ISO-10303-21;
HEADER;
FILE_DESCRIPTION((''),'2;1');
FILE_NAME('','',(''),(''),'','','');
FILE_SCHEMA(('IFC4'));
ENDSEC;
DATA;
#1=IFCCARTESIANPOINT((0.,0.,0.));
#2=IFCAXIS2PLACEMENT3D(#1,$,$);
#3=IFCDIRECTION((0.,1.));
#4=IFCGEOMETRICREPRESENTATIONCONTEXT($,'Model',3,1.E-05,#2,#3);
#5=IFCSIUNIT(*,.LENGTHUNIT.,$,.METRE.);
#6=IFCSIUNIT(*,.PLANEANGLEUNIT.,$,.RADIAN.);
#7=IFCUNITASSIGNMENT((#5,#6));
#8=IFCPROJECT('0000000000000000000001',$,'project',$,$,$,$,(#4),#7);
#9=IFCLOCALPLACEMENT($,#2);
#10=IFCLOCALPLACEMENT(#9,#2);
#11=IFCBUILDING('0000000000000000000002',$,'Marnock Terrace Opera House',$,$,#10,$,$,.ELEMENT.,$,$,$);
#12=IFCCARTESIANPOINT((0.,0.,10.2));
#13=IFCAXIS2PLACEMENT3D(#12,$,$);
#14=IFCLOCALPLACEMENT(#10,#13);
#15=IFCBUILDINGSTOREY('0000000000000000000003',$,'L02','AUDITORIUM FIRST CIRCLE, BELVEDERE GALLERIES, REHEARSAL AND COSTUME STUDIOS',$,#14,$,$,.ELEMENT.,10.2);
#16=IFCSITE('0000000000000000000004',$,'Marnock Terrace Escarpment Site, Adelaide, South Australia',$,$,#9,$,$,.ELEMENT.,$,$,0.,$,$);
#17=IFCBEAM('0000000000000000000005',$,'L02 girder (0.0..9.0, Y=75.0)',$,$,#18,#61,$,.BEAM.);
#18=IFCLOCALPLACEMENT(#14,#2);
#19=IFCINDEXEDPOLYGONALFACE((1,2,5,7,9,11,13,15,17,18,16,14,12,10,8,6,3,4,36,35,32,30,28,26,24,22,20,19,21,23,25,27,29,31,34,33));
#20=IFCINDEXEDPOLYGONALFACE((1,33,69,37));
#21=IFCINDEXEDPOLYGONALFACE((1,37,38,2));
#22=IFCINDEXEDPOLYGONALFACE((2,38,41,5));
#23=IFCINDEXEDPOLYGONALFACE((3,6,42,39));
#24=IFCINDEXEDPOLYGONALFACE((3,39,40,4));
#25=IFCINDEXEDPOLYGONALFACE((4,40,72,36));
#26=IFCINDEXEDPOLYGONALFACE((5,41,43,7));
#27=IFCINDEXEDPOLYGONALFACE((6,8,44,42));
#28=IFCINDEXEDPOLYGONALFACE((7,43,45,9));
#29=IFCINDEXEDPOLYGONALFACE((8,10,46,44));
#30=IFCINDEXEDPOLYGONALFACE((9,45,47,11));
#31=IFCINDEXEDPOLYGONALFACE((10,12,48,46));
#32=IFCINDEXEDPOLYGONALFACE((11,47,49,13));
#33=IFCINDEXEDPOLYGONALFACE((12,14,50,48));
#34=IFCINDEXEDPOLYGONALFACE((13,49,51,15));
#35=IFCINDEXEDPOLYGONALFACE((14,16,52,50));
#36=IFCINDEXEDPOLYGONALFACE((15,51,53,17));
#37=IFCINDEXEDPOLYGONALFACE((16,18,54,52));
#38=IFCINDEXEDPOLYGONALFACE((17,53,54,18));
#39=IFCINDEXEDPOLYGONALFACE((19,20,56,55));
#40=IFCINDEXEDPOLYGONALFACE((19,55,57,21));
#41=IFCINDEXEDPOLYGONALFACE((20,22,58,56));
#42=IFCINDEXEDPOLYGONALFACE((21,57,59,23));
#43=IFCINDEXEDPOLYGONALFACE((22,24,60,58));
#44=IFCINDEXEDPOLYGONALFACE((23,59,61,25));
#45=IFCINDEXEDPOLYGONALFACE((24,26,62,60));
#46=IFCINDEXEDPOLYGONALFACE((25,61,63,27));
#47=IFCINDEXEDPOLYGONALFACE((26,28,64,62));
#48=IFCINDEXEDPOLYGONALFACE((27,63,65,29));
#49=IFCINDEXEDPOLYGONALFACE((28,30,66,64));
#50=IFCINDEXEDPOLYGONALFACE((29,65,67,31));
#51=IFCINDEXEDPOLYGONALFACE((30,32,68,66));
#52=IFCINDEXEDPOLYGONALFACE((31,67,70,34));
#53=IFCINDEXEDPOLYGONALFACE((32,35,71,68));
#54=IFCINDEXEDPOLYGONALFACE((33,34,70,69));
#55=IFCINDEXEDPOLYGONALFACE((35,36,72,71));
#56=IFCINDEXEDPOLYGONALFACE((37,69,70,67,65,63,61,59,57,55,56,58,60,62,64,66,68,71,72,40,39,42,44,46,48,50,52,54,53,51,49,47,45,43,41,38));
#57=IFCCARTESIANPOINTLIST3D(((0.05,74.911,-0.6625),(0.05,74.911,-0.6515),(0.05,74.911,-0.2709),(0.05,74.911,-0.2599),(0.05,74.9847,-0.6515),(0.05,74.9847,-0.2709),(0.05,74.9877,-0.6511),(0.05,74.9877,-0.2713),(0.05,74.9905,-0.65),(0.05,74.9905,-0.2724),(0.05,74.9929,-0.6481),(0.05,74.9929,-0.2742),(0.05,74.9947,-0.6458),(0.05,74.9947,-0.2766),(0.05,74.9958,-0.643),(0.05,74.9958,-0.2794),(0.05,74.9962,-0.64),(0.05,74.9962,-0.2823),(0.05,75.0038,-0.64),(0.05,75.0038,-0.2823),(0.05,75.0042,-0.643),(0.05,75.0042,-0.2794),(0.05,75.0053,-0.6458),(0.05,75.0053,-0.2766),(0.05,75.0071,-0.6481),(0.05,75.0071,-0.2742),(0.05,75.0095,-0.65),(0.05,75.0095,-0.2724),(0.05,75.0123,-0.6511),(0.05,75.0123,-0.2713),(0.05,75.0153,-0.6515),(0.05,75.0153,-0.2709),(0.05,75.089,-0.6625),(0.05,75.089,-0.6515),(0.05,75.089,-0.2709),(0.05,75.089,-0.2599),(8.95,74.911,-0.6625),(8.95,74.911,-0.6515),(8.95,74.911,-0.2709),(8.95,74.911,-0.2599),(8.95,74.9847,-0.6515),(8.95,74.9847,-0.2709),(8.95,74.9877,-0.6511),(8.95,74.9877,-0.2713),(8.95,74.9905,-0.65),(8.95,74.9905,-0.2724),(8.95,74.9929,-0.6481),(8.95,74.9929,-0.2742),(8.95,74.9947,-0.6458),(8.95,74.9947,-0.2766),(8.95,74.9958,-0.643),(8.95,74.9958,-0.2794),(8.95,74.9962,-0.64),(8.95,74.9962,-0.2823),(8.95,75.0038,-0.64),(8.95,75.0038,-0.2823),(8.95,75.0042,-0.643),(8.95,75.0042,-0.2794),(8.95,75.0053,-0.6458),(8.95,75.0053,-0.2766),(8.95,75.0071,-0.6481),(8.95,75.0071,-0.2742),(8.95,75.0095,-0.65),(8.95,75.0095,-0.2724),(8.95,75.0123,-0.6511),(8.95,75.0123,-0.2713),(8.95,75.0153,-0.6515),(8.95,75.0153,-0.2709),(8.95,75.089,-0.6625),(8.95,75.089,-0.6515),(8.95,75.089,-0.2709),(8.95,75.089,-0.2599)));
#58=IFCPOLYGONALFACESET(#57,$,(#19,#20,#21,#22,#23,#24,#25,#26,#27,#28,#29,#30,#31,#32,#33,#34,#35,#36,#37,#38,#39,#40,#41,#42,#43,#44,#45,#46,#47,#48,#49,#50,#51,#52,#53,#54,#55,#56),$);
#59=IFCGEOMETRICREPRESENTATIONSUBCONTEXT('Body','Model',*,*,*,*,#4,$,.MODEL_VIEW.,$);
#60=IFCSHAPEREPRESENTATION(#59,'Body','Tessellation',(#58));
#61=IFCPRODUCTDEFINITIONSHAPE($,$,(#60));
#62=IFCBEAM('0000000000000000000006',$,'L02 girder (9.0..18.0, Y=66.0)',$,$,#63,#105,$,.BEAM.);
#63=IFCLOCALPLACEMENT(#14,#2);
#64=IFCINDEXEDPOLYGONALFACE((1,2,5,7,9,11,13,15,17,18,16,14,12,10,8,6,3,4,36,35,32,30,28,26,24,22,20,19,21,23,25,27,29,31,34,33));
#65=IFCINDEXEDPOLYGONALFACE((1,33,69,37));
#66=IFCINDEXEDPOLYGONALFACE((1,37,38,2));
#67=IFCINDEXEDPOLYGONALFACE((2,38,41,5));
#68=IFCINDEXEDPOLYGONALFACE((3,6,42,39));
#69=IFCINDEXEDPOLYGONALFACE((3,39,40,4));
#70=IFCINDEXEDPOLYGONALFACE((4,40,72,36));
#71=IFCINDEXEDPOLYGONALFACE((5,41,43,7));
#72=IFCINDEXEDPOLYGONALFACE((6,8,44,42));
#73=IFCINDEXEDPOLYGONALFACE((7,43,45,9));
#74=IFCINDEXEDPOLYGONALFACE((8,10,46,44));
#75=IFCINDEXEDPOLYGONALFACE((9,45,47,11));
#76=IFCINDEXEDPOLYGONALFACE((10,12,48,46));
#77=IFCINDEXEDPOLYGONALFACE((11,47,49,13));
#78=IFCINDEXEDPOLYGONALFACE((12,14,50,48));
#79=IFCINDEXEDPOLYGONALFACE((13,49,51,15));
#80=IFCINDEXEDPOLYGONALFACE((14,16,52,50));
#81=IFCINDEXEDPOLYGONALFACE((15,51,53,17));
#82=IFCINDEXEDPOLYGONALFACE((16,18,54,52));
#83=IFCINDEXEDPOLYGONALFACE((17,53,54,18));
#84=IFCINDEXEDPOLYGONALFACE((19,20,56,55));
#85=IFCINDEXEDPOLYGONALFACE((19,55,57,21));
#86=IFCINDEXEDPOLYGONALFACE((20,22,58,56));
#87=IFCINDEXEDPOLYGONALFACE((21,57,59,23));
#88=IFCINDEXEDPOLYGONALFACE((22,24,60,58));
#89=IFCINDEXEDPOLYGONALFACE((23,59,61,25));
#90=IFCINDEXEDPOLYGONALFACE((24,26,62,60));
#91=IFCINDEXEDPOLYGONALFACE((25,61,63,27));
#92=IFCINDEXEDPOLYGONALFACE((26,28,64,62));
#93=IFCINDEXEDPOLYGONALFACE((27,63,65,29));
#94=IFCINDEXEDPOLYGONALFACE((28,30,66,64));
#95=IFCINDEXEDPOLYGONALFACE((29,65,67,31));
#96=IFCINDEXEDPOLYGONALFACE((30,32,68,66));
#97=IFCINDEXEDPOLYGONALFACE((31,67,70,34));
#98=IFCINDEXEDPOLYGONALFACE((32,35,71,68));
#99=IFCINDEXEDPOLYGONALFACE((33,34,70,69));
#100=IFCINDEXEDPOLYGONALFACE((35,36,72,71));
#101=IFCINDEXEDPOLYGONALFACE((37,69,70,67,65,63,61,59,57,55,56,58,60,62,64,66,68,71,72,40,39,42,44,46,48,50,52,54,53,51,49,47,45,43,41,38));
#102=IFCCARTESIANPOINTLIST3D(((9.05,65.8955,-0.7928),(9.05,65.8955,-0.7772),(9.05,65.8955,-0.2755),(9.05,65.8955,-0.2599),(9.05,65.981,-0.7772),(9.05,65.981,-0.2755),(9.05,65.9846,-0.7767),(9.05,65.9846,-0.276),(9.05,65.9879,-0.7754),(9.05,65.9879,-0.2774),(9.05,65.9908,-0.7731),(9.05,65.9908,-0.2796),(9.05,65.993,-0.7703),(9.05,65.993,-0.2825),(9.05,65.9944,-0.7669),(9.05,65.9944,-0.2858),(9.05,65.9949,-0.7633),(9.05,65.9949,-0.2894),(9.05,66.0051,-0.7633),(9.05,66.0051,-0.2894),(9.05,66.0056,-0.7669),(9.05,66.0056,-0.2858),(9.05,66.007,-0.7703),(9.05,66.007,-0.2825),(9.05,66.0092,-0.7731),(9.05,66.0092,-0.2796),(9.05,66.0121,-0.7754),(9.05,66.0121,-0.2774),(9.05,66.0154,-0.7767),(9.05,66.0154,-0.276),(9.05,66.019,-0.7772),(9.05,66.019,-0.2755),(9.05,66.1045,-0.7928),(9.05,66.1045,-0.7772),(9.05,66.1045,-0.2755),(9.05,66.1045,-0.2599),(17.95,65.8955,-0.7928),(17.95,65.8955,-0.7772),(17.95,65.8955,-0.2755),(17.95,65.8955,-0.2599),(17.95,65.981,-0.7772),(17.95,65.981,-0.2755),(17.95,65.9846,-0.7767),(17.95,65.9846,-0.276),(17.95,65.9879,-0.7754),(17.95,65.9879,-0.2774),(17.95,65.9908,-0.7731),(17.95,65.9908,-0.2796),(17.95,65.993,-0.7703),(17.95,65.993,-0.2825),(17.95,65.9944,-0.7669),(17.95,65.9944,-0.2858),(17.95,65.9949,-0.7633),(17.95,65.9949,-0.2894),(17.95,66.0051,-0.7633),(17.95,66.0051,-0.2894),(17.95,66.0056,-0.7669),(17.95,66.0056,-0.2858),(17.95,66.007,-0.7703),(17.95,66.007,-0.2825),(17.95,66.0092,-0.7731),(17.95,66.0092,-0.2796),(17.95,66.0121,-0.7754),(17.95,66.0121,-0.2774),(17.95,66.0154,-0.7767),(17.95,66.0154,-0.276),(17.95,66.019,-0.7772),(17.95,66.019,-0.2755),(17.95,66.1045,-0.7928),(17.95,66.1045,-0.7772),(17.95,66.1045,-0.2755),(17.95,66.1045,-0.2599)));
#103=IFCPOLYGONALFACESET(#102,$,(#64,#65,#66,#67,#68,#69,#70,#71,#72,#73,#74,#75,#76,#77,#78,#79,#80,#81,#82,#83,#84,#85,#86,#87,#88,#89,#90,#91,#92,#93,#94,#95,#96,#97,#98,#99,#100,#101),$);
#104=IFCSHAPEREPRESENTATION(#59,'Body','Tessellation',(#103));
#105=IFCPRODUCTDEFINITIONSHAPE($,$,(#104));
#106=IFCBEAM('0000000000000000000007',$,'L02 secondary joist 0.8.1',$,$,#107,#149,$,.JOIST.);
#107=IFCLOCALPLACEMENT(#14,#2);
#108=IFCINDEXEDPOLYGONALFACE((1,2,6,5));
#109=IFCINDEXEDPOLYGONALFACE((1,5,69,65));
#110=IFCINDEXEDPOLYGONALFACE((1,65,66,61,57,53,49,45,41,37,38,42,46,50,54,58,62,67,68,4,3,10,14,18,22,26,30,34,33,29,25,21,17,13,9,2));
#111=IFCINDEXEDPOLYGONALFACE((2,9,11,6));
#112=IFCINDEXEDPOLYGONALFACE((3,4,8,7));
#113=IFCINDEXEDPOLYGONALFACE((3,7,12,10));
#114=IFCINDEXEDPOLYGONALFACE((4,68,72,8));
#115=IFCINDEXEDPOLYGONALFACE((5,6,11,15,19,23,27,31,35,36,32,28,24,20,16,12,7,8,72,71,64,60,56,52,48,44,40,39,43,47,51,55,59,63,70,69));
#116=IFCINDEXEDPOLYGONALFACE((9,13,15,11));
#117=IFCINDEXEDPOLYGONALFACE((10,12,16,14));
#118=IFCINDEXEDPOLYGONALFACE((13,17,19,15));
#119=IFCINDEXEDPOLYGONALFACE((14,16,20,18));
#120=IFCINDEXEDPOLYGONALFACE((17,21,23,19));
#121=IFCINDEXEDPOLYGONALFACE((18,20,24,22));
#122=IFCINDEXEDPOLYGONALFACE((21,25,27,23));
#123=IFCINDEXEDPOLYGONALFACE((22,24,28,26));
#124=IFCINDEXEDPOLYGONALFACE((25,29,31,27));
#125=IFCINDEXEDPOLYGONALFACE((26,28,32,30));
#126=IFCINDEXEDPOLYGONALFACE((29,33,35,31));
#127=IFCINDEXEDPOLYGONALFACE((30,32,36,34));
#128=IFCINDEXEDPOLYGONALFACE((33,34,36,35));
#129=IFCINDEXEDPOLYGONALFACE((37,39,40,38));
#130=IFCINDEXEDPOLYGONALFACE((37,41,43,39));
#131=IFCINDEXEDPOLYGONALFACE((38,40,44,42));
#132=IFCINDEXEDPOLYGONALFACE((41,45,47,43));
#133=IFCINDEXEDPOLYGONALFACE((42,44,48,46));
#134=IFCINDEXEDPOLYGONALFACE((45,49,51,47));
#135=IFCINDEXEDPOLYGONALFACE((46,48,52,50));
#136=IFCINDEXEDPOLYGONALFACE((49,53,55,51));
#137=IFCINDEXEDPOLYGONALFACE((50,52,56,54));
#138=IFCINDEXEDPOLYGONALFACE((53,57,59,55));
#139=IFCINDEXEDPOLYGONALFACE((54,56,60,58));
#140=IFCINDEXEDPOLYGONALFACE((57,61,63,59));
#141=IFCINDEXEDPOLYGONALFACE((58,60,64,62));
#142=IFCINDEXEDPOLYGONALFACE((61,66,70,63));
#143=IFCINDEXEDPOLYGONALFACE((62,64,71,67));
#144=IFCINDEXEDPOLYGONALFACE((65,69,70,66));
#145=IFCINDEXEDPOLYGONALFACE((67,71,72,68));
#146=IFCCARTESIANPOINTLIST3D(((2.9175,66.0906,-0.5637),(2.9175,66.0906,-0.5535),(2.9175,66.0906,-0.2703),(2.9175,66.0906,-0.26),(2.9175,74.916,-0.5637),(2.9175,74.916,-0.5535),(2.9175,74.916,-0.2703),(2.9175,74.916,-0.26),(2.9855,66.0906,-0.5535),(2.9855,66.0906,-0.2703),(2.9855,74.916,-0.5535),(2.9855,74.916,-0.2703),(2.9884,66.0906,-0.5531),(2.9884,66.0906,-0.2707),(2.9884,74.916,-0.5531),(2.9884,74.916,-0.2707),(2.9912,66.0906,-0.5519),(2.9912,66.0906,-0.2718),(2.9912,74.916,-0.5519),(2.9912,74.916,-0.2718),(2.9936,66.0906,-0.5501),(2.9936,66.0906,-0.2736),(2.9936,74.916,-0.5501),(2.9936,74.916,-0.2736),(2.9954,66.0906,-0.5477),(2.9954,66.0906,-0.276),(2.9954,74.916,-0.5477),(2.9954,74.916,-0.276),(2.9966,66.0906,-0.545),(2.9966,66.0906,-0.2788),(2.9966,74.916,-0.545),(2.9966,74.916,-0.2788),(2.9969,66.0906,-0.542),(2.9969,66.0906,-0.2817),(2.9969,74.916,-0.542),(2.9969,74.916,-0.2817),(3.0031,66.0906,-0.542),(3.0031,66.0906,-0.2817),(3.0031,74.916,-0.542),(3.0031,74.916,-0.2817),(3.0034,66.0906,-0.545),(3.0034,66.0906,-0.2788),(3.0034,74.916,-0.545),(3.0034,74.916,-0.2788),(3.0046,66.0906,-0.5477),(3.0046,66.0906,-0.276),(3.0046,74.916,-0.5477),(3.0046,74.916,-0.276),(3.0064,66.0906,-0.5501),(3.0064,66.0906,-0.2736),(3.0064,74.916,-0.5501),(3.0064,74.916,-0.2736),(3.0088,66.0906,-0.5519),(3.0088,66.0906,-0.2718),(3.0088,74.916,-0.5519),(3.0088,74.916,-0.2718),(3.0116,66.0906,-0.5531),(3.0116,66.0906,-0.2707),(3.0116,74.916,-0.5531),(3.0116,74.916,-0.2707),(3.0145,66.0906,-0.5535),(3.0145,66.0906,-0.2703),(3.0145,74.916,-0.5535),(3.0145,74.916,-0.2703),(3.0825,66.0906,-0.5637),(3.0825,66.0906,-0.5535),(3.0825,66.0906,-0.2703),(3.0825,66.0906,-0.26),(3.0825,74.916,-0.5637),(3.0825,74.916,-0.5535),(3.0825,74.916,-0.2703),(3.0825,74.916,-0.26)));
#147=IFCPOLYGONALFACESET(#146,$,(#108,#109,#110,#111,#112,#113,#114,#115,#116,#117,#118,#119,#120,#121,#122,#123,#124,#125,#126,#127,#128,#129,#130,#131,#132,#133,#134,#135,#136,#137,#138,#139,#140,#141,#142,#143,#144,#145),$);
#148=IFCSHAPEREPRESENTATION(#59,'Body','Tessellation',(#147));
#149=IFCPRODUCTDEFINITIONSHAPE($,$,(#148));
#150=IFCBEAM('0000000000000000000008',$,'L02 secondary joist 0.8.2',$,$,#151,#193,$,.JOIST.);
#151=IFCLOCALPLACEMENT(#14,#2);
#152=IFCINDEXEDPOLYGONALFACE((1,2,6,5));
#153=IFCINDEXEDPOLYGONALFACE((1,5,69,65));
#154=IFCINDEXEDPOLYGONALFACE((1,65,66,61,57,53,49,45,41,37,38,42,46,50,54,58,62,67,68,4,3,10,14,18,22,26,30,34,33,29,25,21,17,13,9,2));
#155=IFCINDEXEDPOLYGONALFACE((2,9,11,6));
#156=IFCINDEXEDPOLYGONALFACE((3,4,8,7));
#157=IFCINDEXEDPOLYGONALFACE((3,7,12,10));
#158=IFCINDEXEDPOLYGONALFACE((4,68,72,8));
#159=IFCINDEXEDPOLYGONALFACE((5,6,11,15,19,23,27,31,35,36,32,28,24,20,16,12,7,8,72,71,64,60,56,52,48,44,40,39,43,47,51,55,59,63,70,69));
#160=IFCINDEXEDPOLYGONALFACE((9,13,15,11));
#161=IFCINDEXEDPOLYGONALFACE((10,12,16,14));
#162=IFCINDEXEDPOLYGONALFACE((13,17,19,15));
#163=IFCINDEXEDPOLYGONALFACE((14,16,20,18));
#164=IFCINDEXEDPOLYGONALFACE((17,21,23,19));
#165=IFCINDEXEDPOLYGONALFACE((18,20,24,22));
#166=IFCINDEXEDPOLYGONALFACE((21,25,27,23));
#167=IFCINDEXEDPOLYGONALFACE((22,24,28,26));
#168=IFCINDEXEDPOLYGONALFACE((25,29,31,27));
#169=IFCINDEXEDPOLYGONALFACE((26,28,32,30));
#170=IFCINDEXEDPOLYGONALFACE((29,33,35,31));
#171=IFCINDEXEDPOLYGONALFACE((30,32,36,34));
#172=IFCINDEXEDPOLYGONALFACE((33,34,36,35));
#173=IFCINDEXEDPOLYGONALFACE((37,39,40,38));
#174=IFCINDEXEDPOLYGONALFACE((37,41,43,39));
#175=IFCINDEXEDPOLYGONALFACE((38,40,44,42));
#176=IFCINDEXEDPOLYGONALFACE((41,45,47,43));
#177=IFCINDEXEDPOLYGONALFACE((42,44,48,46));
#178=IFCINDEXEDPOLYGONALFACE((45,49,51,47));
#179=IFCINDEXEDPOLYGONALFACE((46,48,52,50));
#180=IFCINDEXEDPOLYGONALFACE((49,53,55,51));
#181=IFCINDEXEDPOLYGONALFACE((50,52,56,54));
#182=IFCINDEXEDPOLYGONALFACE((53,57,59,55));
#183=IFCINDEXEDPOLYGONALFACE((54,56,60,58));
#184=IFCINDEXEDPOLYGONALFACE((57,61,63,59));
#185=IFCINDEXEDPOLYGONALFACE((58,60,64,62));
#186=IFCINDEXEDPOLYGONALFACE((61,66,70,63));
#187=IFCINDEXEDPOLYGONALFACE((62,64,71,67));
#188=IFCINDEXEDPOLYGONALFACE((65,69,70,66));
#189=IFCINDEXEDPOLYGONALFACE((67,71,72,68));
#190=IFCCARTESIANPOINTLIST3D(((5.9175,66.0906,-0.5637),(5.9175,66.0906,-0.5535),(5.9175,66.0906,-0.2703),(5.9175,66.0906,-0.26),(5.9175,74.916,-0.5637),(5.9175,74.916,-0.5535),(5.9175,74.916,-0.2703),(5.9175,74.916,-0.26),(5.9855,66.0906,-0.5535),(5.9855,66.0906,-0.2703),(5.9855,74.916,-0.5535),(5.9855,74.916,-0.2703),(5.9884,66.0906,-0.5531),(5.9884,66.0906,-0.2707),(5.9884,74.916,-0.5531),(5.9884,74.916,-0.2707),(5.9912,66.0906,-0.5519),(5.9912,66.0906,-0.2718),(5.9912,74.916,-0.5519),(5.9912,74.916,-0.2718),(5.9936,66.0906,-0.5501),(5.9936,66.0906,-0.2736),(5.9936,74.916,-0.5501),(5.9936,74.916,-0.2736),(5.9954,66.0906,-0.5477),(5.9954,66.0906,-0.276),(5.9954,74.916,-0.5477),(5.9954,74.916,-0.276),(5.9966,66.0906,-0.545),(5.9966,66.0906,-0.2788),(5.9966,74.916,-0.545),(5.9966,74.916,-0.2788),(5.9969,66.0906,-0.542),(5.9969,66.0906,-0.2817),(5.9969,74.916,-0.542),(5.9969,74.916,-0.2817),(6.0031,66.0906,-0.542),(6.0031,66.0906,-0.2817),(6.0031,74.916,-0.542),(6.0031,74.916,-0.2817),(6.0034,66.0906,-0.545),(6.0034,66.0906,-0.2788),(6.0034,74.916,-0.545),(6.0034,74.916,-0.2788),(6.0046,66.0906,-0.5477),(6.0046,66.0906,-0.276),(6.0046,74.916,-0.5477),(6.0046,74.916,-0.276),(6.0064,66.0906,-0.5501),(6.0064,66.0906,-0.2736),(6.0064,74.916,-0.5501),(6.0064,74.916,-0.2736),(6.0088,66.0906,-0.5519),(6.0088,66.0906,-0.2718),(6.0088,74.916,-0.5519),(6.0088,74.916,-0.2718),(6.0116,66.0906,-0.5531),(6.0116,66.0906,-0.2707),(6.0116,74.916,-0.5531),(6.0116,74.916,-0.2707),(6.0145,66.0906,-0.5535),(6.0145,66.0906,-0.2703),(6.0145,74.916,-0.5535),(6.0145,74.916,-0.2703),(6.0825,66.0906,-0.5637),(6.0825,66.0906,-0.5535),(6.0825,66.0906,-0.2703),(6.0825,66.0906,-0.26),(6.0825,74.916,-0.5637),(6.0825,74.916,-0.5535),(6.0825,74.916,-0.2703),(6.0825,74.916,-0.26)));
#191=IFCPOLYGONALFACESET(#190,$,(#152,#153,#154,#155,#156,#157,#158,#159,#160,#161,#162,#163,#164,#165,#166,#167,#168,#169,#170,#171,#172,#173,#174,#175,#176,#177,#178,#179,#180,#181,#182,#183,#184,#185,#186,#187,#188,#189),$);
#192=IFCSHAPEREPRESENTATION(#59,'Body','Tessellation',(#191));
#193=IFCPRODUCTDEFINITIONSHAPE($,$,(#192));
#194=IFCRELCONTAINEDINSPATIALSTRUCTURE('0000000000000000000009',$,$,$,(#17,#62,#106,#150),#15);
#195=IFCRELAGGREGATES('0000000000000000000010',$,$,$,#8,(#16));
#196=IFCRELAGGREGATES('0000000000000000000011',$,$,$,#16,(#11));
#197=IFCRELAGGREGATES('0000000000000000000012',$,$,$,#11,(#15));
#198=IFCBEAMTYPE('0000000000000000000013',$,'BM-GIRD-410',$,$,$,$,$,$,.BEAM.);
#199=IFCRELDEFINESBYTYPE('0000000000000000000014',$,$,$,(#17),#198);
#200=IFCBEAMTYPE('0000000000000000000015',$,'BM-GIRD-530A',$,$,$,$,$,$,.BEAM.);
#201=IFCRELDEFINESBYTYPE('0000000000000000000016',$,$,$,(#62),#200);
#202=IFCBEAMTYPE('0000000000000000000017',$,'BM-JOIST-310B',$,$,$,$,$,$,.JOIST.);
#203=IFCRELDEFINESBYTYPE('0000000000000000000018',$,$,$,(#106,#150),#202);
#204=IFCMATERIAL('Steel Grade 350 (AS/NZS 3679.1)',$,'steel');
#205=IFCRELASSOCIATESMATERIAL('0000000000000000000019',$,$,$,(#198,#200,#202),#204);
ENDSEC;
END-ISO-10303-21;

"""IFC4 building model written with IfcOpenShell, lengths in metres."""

from ifc_helpers import new_model, si_unit, direction, frame, origin, origin_2d, place, context, subcontext, project, spatial, i_section, extrude, material, material_profile, profile_set, type_object, element, save


model = new_model("IFC4")

# Units and contexts
model_context = context("Model", 3, precision=1e-05, world=origin(), true_north=direction((0.0, 1.0)))
body_context = subcontext(model_context, "Body", "Model", "MODEL_VIEW")
ifc_project = project(units=[si_unit("LENGTHUNIT", "METRE"), si_unit("PLANEANGLEUNIT", "RADIAN")], contexts=[model_context])

# Site, building, storey
site_placement = place(None, origin())
site = spatial("IfcSite", under=ifc_project, at=site_placement, Name="Marnock Terrace Escarpment Site, Adelaide, South Australia", CompositionType="ELEMENT", RefElevation=0.0)
building_placement = place(site_placement, origin())
building = spatial("IfcBuilding", under=site, at=building_placement, Name="Marnock Terrace Opera House", CompositionType="ELEMENT")
storey_placement = place(building_placement, frame((0.0, 0.0, 10.2)))
storey = spatial("IfcBuildingStorey", under=building, at=storey_placement, Name="L02", Description="AUDITORIUM FIRST CIRCLE, BELVEDERE GALLERIES, REHEARSAL AND COSTUME STUDIOS", CompositionType="ELEMENT", Elevation=10.2)

# Shared definitions
ifc_material_1 = material(Name="Steel Grade 350 (AS/NZS 3679.1)", Category="steel")

# Beams
ifc_material_profile_1 = material_profile(ifc_material_1, i_section(OverallWidth=0.178, OverallDepth=0.4026, WebThickness=0.0076, FlangeThickness=0.011, FilletRadius=0.0115, at=origin_2d()))
ifc_profile_set_1 = profile_set([ifc_material_profile_1], Name="Steel Grade 350 (AS/NZS 3679.1)")
beam_type_1 = type_object("IfcBeamType", Name="BM-GIRD-410", PredefinedType="BEAM", material=ifc_profile_set_1)
beam_1_placement = place(storey_placement, frame((0.05, 75.0, -0.4612), z_axis=(1.0, 0.0, 0.0), x_axis=(0.0, 1.0, 0.0)))
element("IfcBeam", 1, at=beam_1_placement, inside=storey, type_object=beam_type_1, Name="L02 girder (0.0..9.0, Y=75.0)", PredefinedType="BEAM", context=body_context, shape_type="SweptSolid", body=[
    extrude(i_section(OverallWidth=0.178, OverallDepth=0.4026, WebThickness=0.0076, FlangeThickness=0.011, FilletRadius=0.0115, at=origin_2d()), origin(), (0.0, 0.0, 1.0), 8.8999),
])
ifc_material_profile_2 = material_profile(ifc_material_1, i_section(OverallWidth=0.209, OverallDepth=0.533, WebThickness=0.0103, FlangeThickness=0.0156, FilletRadius=0.0139, at=origin_2d()))
ifc_profile_set_2 = profile_set([ifc_material_profile_2], Name="Steel Grade 350 (AS/NZS 3679.1)")
beam_type_2 = type_object("IfcBeamType", Name="BM-GIRD-530A", PredefinedType="BEAM", material=ifc_profile_set_2)
beam_2_placement = place(storey_placement, frame((9.05, 66.0, -0.5264), z_axis=(1.0, 0.0, 0.0), x_axis=(0.0, 1.0, 0.0)))
element("IfcBeam", 2, at=beam_2_placement, inside=storey, type_object=beam_type_2, Name="L02 girder (9.0..18.0, Y=66.0)", PredefinedType="BEAM", context=body_context, shape_type="SweptSolid", body=[
    extrude(i_section(OverallWidth=0.209, OverallDepth=0.533, WebThickness=0.0103, FlangeThickness=0.0156, FilletRadius=0.0139, at=origin_2d()), origin(), (0.0, 0.0, 1.0), 8.8999),
])
ifc_material_profile_3 = material_profile(ifc_material_1, i_section(OverallWidth=0.165, OverallDepth=0.3037, WebThickness=0.0061, FlangeThickness=0.0103, FilletRadius=0.0115, at=origin_2d()))
ifc_profile_set_3 = profile_set([ifc_material_profile_3], Name="Steel Grade 350 (AS/NZS 3679.1)")
beam_type_3 = type_object("IfcBeamType", Name="BM-JOIST-310B", PredefinedType="JOIST", material=ifc_profile_set_3)
for number, where, z_axis, x_axis, name in (
    (3, (3.0, 66.0906, -0.4119), (0.0, 1.0, 0.0), (-1.0, 0.0, 0.0), "L02 secondary joist 0.8.1"),
    (4, (6.0, 66.0906, -0.4119), (0.0, 1.0, 0.0), (-1.0, 0.0, 0.0), "L02 secondary joist 0.8.2"),
):
    element("IfcBeam", number, at=place(storey_placement, frame(where, z_axis=z_axis, x_axis=x_axis)), inside=storey, type_object=beam_type_3, Name=name, PredefinedType="JOIST", context=body_context, shape_type="SweptSolid", body=[
        extrude(i_section(OverallWidth=0.165, OverallDepth=0.3037, WebThickness=0.0061, FlangeThickness=0.0103, FilletRadius=0.0115, at=origin_2d()), origin(), (0.0, 0.0, 1.0), 8.8254),
    ])

save(model, "model.ifc")
